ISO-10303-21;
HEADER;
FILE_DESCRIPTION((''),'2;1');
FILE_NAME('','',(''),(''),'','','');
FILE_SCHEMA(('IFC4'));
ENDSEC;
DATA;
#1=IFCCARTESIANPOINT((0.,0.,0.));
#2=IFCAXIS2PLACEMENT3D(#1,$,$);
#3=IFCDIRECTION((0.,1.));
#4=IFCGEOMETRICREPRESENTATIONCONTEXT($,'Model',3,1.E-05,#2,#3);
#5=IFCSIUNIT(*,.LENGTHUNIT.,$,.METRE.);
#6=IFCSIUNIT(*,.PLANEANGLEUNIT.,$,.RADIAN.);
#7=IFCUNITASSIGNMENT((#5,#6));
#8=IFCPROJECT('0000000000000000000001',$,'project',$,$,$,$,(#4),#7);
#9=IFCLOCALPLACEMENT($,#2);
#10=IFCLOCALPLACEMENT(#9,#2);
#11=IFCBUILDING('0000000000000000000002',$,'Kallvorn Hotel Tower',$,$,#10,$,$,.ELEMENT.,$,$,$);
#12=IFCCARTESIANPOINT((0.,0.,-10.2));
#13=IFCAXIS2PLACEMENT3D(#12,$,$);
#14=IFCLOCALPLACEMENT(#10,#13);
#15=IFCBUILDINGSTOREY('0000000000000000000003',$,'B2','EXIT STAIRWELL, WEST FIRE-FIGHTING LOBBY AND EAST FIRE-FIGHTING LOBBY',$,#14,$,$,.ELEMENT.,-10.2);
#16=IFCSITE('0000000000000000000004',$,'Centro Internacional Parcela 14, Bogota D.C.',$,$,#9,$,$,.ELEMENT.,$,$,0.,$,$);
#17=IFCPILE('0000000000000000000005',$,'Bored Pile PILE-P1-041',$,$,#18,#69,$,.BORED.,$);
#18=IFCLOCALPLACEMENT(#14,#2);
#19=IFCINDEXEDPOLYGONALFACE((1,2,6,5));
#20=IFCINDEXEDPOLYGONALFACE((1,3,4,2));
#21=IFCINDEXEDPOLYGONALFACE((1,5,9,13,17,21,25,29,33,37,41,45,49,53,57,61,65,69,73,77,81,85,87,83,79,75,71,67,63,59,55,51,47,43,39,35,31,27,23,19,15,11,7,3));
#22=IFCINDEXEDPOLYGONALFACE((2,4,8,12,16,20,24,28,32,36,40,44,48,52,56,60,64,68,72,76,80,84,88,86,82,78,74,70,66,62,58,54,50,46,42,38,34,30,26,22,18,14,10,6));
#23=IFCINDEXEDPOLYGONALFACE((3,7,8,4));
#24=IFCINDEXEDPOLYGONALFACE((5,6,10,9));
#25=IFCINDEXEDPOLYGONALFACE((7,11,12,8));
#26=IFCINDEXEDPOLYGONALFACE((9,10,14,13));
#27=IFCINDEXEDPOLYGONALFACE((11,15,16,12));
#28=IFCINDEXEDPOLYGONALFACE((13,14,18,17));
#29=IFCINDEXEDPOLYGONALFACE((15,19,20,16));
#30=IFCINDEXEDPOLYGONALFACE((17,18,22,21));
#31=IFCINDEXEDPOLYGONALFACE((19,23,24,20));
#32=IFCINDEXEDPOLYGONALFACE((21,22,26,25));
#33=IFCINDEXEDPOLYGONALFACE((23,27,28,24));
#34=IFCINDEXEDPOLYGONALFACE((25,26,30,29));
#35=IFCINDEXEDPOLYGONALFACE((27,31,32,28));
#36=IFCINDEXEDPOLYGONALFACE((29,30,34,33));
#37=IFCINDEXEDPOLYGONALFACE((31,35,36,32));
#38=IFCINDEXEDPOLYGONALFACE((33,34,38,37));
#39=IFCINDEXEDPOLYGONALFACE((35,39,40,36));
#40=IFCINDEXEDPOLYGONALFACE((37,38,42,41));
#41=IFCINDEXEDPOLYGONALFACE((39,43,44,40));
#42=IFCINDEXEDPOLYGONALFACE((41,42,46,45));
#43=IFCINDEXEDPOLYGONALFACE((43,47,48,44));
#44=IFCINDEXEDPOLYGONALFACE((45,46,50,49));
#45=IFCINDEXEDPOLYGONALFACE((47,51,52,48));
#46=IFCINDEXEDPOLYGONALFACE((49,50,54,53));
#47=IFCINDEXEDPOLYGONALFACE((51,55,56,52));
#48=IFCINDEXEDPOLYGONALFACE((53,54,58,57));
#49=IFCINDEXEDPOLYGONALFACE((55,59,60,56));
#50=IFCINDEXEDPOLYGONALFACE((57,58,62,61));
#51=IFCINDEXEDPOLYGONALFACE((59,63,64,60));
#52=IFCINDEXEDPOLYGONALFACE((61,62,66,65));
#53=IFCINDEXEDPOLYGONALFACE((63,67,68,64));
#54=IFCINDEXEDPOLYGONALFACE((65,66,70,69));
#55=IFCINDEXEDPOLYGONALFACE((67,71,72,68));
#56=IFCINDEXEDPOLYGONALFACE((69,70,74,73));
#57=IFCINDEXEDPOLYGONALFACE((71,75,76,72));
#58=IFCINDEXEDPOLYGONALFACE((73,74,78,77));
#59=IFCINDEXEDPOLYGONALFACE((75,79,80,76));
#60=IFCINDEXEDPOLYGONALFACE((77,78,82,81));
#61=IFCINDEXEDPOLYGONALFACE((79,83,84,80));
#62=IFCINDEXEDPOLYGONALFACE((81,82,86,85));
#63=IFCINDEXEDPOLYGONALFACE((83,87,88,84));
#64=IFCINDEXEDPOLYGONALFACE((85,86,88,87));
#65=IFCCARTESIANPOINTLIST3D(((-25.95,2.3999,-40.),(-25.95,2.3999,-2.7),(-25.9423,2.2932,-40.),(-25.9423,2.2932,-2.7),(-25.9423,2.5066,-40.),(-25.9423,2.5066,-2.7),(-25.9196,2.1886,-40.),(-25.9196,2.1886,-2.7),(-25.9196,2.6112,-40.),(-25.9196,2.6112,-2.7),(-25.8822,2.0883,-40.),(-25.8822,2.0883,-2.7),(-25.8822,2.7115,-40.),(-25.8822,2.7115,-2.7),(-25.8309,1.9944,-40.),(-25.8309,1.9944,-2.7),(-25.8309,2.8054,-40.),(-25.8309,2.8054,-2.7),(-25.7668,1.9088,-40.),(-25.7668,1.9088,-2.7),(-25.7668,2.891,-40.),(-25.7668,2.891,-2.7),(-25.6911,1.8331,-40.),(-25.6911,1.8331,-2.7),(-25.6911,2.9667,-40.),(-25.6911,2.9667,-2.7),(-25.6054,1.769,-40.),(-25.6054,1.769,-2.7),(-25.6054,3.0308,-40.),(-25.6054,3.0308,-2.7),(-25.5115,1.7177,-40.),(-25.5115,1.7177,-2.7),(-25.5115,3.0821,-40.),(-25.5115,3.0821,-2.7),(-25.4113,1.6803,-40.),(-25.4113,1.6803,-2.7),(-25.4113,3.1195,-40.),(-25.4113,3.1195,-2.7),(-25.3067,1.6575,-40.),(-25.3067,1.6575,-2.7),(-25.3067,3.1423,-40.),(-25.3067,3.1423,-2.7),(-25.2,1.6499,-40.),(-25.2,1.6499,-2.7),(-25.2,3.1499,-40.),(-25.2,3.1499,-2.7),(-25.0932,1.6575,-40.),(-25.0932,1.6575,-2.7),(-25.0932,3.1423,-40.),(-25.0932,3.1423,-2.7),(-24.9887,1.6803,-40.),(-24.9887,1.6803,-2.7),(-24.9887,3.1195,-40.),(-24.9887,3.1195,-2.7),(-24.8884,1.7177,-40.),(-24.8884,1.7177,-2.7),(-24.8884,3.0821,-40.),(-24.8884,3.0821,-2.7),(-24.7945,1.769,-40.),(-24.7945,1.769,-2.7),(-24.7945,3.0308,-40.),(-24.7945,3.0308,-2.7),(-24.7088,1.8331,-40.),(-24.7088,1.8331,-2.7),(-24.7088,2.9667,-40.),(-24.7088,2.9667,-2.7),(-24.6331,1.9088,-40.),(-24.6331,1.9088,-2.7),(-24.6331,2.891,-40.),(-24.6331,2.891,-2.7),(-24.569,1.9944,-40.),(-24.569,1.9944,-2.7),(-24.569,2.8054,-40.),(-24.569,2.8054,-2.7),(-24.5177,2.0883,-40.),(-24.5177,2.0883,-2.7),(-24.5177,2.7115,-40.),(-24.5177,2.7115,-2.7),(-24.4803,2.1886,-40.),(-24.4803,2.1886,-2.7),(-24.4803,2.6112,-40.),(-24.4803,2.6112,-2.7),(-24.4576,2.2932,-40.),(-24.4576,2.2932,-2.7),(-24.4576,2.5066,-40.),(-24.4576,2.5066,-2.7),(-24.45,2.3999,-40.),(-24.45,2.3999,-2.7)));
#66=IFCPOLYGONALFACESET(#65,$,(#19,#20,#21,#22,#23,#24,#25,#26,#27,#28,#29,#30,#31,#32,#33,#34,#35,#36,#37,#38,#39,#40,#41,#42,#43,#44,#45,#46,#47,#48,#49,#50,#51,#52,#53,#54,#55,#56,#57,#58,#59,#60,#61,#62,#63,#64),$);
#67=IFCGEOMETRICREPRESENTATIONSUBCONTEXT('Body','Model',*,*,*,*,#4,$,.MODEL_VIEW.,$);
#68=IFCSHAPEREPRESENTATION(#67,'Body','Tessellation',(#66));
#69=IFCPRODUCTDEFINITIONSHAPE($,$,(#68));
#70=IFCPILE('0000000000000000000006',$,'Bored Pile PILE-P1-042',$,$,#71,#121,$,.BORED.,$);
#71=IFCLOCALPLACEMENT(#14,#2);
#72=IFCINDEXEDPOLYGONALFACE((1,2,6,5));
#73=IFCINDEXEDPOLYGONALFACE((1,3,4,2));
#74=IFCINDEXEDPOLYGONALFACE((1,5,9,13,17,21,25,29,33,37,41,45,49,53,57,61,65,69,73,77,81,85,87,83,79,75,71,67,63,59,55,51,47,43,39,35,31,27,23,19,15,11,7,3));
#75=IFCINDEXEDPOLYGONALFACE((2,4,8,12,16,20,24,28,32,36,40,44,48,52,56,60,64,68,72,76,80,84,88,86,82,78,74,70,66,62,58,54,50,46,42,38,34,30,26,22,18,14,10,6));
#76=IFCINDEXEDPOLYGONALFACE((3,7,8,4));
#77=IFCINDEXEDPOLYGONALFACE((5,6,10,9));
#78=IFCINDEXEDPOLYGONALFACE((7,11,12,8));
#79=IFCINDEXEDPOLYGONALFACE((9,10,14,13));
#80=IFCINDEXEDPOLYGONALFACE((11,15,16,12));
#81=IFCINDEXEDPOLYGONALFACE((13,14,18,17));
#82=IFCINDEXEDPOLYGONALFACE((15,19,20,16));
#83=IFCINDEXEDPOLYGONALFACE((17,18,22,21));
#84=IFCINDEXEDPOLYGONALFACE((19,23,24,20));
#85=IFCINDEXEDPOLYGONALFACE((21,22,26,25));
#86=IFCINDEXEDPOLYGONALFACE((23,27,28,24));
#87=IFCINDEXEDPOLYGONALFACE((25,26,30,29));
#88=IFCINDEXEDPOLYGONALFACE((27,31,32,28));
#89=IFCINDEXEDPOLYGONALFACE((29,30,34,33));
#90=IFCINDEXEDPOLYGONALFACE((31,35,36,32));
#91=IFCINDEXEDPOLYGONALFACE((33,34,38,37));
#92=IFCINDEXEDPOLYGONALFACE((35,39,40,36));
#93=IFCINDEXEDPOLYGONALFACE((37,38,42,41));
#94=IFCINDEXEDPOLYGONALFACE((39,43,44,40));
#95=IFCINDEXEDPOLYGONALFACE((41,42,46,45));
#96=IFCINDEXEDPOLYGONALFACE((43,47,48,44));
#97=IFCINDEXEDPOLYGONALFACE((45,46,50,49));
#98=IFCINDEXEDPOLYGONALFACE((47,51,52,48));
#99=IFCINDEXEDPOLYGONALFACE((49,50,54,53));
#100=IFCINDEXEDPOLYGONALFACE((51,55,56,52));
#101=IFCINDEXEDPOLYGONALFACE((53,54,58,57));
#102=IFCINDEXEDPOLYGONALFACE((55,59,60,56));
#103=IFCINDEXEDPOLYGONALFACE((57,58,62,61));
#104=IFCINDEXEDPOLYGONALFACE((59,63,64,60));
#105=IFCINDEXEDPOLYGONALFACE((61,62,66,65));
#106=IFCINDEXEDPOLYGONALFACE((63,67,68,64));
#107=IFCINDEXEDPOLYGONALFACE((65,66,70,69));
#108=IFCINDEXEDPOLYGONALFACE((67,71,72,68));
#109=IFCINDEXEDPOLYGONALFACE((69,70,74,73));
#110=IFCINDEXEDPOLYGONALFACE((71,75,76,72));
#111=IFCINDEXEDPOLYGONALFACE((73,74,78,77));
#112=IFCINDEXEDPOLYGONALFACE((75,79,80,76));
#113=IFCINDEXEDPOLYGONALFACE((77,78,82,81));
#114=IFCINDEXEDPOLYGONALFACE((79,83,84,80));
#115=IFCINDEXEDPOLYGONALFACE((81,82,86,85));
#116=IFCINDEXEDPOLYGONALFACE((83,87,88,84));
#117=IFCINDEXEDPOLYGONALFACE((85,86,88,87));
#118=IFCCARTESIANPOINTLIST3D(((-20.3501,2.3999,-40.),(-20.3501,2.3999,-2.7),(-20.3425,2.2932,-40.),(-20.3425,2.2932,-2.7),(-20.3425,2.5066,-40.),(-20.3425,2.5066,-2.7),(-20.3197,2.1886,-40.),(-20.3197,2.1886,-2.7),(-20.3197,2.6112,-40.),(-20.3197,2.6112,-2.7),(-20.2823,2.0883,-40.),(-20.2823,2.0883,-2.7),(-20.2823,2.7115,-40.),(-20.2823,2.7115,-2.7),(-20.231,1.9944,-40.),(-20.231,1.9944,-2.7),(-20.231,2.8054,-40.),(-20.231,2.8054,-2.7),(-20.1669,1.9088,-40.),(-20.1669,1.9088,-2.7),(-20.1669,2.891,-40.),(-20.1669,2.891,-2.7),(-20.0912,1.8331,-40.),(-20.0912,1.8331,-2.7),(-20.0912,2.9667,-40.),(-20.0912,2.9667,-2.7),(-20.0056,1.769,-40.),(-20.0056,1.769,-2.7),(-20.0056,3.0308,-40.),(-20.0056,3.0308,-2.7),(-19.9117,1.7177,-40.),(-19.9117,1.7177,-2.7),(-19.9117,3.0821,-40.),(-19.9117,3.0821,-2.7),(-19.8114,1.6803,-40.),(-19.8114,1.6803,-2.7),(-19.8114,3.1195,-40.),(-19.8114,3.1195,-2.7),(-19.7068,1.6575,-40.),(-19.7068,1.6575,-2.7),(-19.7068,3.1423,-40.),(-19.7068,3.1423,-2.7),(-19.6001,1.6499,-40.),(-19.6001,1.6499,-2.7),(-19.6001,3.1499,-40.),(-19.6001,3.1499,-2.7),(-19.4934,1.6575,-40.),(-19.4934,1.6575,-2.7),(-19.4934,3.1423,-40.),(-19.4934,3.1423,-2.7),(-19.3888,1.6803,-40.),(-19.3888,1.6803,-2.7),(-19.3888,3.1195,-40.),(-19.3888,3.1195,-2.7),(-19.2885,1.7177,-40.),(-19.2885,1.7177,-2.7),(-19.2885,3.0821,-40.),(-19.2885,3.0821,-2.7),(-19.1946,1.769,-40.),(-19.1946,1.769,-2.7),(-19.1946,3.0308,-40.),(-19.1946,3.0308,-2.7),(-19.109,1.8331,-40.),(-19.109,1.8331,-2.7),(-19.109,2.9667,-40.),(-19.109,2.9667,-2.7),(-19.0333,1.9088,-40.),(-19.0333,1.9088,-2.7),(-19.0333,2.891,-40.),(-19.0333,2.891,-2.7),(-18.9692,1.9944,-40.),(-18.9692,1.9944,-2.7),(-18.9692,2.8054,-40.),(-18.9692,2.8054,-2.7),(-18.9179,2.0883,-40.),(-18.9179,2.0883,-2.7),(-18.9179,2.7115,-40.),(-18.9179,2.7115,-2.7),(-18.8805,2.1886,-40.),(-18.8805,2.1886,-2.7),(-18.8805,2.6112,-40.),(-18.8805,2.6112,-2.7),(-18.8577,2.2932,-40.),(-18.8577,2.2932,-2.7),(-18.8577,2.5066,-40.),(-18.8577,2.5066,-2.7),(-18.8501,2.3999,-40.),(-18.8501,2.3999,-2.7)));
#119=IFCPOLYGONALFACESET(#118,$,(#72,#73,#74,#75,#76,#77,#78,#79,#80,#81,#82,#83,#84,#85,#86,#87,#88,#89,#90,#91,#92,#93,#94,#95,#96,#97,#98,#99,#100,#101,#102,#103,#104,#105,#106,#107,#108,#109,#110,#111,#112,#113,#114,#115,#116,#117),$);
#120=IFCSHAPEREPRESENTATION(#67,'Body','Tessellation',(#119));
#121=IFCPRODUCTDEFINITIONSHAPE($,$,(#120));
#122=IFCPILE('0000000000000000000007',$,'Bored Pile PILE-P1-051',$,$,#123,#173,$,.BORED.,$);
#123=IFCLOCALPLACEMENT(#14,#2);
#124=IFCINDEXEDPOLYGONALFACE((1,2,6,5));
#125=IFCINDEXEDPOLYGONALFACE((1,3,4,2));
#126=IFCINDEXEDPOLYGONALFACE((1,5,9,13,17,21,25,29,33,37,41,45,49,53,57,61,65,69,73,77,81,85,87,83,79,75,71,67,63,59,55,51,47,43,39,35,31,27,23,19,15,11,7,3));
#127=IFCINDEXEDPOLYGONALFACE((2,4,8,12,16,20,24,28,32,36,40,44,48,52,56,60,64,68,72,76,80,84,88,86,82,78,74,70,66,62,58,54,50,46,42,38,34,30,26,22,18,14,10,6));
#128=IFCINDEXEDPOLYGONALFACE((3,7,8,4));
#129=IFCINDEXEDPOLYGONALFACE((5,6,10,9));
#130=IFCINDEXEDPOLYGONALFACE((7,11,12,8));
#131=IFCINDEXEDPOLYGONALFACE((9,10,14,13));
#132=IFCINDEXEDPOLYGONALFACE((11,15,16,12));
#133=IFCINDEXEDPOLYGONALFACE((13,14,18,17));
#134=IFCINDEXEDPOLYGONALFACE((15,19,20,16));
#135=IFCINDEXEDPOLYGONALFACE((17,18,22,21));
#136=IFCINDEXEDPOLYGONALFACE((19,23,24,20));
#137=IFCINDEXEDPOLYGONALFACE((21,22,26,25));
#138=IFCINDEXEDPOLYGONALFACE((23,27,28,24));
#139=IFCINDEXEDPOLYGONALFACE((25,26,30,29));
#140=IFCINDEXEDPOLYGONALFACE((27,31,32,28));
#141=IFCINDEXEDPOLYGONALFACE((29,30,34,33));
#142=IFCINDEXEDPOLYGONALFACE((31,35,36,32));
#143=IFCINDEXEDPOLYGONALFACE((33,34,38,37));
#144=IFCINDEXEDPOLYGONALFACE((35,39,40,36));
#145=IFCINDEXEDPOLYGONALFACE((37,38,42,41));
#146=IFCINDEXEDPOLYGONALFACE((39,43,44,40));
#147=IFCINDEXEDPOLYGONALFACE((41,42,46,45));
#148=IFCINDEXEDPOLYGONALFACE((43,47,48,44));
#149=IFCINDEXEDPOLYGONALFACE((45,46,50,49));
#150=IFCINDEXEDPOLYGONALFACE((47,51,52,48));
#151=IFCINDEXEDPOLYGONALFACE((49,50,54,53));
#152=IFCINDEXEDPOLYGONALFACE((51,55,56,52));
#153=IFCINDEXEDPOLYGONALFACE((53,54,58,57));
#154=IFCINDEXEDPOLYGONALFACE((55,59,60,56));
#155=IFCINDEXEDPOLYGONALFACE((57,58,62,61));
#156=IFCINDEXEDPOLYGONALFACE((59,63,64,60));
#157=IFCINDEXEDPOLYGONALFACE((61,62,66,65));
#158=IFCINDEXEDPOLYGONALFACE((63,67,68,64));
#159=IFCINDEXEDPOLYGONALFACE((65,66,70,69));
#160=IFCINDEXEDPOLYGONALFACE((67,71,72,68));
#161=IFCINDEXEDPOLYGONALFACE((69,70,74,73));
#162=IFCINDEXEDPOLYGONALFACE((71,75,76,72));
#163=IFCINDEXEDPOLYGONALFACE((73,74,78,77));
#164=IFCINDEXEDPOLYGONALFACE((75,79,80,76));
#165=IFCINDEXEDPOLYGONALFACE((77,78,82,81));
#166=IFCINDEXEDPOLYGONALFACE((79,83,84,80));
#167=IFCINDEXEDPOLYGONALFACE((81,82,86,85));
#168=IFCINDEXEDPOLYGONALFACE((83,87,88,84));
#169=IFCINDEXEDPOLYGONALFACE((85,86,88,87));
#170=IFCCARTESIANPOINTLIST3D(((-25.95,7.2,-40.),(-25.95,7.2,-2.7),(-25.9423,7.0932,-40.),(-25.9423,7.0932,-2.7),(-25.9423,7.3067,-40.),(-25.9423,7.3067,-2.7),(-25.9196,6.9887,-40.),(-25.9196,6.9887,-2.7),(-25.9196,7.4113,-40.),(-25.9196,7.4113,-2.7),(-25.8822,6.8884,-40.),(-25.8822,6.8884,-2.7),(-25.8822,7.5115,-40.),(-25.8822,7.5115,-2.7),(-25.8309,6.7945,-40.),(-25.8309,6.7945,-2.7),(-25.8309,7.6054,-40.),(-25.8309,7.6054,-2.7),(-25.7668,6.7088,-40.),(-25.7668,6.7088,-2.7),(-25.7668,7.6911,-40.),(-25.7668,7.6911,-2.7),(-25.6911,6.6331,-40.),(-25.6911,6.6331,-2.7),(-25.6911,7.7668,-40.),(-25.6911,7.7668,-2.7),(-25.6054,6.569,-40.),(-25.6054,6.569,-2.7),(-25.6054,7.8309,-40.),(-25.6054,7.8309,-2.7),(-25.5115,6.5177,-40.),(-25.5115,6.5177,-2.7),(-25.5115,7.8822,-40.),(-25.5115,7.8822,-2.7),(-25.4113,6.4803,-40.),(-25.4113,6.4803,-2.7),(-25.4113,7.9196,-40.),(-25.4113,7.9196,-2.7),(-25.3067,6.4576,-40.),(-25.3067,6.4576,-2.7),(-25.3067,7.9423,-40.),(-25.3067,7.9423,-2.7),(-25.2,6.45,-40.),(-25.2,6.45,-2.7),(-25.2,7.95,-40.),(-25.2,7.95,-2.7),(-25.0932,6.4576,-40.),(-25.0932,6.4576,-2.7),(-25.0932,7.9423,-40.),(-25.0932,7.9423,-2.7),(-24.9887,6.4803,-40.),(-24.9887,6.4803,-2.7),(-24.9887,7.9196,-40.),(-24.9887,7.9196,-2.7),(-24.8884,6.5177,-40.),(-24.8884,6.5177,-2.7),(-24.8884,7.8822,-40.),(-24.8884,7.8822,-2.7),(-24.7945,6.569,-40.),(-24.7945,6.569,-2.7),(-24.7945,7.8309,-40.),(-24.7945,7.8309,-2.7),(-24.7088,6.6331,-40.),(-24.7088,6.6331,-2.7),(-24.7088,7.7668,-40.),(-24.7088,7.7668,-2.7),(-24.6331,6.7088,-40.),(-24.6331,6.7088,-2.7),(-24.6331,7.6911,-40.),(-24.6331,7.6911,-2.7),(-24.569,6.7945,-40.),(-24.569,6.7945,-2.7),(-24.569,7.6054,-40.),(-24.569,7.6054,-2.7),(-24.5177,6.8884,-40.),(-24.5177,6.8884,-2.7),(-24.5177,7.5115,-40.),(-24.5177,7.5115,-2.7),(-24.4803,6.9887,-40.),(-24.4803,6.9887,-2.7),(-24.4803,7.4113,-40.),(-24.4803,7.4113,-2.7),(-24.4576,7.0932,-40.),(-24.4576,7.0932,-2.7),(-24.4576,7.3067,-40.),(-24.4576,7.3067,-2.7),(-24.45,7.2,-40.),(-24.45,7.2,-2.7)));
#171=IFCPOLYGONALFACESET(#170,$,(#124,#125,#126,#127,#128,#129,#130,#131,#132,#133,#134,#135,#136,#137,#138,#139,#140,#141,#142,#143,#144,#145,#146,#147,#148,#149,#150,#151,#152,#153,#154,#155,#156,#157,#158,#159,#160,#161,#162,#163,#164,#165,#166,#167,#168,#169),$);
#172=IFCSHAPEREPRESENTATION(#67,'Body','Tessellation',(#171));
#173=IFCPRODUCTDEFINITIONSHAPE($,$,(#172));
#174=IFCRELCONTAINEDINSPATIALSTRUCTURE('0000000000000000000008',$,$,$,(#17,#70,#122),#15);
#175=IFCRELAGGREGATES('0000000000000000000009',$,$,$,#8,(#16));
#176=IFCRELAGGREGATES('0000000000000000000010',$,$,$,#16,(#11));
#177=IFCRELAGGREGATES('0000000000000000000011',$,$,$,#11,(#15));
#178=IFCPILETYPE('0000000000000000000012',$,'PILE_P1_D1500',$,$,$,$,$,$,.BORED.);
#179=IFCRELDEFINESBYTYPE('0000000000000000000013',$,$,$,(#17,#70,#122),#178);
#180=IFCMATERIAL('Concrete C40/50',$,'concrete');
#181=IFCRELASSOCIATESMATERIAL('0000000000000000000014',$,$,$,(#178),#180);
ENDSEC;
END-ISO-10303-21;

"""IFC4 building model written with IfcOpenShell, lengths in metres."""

from ifc_helpers import new_model, si_unit, direction, frame, origin, origin_2d, place, context, subcontext, project, spatial, circle, extrude, material, material_profile, profile_set, type_object, element, save


model = new_model("IFC4")

# Units and contexts
model_context = context("Model", 3, precision=1e-05, world=origin(), true_north=direction((0.0, 1.0)))
body_context = subcontext(model_context, "Body", "Model", "MODEL_VIEW")
ifc_project = project(units=[si_unit("LENGTHUNIT", "METRE"), si_unit("PLANEANGLEUNIT", "RADIAN")], contexts=[model_context])

# Site, building, storey
site_placement = place(None, origin())
site = spatial("IfcSite", under=ifc_project, at=site_placement, Name="Centro Internacional Parcela 14, Bogota D.C.", CompositionType="ELEMENT", RefElevation=0.0)
building_placement = place(site_placement, origin())
building = spatial("IfcBuilding", under=site, at=building_placement, Name="Kallvorn Hotel Tower", CompositionType="ELEMENT")
storey_placement = place(building_placement, frame((0.0, 0.0, -10.2)))
storey = spatial("IfcBuildingStorey", under=building, at=storey_placement, Name="B2", Description="EXIT STAIRWELL, WEST FIRE-FIGHTING LOBBY AND EAST FIRE-FIGHTING LOBBY", CompositionType="ELEMENT", Elevation=-10.2)

# Piles
ifc_material_1 = material(Name="Concrete C40/50", Category="concrete")
ifc_material_profile_1 = material_profile(ifc_material_1, circle(Radius=0.75, at=origin_2d()), Name="PILE D1500")
ifc_profile_set_1 = profile_set([ifc_material_profile_1], Name="Concrete C40/50")
pile_type = type_object("IfcPileType", Name="PILE_P1_D1500", PredefinedType="BORED", material=ifc_profile_set_1)
for number, where, z_axis, x_axis, name in (
    (1, (-25.2, 2.3999, -2.7), (0.0, 0.0, -1.0), (1.0, 0.0, 0.0), "Bored Pile PILE-P1-041"),
    (2, (-19.6001, 2.3999, -2.7), (0.0, 0.0, -1.0), (1.0, 0.0, 0.0), "Bored Pile PILE-P1-042"),
    (3, (-25.2, 7.2, -2.7), (0.0, 0.0, -1.0), (1.0, 0.0, 0.0), "Bored Pile PILE-P1-051"),
):
    element("IfcPile", number, at=place(storey_placement, frame(where, z_axis=z_axis, x_axis=x_axis)), inside=storey, type_object=pile_type, Name=name, PredefinedType="BORED", context=body_context, shape_type="SweptSolid", body=[
        extrude(circle(Radius=0.75, at=origin_2d()), origin(), (0.0, 0.0, 1.0), 37.3),
    ])

save(model, "model.ifc")
